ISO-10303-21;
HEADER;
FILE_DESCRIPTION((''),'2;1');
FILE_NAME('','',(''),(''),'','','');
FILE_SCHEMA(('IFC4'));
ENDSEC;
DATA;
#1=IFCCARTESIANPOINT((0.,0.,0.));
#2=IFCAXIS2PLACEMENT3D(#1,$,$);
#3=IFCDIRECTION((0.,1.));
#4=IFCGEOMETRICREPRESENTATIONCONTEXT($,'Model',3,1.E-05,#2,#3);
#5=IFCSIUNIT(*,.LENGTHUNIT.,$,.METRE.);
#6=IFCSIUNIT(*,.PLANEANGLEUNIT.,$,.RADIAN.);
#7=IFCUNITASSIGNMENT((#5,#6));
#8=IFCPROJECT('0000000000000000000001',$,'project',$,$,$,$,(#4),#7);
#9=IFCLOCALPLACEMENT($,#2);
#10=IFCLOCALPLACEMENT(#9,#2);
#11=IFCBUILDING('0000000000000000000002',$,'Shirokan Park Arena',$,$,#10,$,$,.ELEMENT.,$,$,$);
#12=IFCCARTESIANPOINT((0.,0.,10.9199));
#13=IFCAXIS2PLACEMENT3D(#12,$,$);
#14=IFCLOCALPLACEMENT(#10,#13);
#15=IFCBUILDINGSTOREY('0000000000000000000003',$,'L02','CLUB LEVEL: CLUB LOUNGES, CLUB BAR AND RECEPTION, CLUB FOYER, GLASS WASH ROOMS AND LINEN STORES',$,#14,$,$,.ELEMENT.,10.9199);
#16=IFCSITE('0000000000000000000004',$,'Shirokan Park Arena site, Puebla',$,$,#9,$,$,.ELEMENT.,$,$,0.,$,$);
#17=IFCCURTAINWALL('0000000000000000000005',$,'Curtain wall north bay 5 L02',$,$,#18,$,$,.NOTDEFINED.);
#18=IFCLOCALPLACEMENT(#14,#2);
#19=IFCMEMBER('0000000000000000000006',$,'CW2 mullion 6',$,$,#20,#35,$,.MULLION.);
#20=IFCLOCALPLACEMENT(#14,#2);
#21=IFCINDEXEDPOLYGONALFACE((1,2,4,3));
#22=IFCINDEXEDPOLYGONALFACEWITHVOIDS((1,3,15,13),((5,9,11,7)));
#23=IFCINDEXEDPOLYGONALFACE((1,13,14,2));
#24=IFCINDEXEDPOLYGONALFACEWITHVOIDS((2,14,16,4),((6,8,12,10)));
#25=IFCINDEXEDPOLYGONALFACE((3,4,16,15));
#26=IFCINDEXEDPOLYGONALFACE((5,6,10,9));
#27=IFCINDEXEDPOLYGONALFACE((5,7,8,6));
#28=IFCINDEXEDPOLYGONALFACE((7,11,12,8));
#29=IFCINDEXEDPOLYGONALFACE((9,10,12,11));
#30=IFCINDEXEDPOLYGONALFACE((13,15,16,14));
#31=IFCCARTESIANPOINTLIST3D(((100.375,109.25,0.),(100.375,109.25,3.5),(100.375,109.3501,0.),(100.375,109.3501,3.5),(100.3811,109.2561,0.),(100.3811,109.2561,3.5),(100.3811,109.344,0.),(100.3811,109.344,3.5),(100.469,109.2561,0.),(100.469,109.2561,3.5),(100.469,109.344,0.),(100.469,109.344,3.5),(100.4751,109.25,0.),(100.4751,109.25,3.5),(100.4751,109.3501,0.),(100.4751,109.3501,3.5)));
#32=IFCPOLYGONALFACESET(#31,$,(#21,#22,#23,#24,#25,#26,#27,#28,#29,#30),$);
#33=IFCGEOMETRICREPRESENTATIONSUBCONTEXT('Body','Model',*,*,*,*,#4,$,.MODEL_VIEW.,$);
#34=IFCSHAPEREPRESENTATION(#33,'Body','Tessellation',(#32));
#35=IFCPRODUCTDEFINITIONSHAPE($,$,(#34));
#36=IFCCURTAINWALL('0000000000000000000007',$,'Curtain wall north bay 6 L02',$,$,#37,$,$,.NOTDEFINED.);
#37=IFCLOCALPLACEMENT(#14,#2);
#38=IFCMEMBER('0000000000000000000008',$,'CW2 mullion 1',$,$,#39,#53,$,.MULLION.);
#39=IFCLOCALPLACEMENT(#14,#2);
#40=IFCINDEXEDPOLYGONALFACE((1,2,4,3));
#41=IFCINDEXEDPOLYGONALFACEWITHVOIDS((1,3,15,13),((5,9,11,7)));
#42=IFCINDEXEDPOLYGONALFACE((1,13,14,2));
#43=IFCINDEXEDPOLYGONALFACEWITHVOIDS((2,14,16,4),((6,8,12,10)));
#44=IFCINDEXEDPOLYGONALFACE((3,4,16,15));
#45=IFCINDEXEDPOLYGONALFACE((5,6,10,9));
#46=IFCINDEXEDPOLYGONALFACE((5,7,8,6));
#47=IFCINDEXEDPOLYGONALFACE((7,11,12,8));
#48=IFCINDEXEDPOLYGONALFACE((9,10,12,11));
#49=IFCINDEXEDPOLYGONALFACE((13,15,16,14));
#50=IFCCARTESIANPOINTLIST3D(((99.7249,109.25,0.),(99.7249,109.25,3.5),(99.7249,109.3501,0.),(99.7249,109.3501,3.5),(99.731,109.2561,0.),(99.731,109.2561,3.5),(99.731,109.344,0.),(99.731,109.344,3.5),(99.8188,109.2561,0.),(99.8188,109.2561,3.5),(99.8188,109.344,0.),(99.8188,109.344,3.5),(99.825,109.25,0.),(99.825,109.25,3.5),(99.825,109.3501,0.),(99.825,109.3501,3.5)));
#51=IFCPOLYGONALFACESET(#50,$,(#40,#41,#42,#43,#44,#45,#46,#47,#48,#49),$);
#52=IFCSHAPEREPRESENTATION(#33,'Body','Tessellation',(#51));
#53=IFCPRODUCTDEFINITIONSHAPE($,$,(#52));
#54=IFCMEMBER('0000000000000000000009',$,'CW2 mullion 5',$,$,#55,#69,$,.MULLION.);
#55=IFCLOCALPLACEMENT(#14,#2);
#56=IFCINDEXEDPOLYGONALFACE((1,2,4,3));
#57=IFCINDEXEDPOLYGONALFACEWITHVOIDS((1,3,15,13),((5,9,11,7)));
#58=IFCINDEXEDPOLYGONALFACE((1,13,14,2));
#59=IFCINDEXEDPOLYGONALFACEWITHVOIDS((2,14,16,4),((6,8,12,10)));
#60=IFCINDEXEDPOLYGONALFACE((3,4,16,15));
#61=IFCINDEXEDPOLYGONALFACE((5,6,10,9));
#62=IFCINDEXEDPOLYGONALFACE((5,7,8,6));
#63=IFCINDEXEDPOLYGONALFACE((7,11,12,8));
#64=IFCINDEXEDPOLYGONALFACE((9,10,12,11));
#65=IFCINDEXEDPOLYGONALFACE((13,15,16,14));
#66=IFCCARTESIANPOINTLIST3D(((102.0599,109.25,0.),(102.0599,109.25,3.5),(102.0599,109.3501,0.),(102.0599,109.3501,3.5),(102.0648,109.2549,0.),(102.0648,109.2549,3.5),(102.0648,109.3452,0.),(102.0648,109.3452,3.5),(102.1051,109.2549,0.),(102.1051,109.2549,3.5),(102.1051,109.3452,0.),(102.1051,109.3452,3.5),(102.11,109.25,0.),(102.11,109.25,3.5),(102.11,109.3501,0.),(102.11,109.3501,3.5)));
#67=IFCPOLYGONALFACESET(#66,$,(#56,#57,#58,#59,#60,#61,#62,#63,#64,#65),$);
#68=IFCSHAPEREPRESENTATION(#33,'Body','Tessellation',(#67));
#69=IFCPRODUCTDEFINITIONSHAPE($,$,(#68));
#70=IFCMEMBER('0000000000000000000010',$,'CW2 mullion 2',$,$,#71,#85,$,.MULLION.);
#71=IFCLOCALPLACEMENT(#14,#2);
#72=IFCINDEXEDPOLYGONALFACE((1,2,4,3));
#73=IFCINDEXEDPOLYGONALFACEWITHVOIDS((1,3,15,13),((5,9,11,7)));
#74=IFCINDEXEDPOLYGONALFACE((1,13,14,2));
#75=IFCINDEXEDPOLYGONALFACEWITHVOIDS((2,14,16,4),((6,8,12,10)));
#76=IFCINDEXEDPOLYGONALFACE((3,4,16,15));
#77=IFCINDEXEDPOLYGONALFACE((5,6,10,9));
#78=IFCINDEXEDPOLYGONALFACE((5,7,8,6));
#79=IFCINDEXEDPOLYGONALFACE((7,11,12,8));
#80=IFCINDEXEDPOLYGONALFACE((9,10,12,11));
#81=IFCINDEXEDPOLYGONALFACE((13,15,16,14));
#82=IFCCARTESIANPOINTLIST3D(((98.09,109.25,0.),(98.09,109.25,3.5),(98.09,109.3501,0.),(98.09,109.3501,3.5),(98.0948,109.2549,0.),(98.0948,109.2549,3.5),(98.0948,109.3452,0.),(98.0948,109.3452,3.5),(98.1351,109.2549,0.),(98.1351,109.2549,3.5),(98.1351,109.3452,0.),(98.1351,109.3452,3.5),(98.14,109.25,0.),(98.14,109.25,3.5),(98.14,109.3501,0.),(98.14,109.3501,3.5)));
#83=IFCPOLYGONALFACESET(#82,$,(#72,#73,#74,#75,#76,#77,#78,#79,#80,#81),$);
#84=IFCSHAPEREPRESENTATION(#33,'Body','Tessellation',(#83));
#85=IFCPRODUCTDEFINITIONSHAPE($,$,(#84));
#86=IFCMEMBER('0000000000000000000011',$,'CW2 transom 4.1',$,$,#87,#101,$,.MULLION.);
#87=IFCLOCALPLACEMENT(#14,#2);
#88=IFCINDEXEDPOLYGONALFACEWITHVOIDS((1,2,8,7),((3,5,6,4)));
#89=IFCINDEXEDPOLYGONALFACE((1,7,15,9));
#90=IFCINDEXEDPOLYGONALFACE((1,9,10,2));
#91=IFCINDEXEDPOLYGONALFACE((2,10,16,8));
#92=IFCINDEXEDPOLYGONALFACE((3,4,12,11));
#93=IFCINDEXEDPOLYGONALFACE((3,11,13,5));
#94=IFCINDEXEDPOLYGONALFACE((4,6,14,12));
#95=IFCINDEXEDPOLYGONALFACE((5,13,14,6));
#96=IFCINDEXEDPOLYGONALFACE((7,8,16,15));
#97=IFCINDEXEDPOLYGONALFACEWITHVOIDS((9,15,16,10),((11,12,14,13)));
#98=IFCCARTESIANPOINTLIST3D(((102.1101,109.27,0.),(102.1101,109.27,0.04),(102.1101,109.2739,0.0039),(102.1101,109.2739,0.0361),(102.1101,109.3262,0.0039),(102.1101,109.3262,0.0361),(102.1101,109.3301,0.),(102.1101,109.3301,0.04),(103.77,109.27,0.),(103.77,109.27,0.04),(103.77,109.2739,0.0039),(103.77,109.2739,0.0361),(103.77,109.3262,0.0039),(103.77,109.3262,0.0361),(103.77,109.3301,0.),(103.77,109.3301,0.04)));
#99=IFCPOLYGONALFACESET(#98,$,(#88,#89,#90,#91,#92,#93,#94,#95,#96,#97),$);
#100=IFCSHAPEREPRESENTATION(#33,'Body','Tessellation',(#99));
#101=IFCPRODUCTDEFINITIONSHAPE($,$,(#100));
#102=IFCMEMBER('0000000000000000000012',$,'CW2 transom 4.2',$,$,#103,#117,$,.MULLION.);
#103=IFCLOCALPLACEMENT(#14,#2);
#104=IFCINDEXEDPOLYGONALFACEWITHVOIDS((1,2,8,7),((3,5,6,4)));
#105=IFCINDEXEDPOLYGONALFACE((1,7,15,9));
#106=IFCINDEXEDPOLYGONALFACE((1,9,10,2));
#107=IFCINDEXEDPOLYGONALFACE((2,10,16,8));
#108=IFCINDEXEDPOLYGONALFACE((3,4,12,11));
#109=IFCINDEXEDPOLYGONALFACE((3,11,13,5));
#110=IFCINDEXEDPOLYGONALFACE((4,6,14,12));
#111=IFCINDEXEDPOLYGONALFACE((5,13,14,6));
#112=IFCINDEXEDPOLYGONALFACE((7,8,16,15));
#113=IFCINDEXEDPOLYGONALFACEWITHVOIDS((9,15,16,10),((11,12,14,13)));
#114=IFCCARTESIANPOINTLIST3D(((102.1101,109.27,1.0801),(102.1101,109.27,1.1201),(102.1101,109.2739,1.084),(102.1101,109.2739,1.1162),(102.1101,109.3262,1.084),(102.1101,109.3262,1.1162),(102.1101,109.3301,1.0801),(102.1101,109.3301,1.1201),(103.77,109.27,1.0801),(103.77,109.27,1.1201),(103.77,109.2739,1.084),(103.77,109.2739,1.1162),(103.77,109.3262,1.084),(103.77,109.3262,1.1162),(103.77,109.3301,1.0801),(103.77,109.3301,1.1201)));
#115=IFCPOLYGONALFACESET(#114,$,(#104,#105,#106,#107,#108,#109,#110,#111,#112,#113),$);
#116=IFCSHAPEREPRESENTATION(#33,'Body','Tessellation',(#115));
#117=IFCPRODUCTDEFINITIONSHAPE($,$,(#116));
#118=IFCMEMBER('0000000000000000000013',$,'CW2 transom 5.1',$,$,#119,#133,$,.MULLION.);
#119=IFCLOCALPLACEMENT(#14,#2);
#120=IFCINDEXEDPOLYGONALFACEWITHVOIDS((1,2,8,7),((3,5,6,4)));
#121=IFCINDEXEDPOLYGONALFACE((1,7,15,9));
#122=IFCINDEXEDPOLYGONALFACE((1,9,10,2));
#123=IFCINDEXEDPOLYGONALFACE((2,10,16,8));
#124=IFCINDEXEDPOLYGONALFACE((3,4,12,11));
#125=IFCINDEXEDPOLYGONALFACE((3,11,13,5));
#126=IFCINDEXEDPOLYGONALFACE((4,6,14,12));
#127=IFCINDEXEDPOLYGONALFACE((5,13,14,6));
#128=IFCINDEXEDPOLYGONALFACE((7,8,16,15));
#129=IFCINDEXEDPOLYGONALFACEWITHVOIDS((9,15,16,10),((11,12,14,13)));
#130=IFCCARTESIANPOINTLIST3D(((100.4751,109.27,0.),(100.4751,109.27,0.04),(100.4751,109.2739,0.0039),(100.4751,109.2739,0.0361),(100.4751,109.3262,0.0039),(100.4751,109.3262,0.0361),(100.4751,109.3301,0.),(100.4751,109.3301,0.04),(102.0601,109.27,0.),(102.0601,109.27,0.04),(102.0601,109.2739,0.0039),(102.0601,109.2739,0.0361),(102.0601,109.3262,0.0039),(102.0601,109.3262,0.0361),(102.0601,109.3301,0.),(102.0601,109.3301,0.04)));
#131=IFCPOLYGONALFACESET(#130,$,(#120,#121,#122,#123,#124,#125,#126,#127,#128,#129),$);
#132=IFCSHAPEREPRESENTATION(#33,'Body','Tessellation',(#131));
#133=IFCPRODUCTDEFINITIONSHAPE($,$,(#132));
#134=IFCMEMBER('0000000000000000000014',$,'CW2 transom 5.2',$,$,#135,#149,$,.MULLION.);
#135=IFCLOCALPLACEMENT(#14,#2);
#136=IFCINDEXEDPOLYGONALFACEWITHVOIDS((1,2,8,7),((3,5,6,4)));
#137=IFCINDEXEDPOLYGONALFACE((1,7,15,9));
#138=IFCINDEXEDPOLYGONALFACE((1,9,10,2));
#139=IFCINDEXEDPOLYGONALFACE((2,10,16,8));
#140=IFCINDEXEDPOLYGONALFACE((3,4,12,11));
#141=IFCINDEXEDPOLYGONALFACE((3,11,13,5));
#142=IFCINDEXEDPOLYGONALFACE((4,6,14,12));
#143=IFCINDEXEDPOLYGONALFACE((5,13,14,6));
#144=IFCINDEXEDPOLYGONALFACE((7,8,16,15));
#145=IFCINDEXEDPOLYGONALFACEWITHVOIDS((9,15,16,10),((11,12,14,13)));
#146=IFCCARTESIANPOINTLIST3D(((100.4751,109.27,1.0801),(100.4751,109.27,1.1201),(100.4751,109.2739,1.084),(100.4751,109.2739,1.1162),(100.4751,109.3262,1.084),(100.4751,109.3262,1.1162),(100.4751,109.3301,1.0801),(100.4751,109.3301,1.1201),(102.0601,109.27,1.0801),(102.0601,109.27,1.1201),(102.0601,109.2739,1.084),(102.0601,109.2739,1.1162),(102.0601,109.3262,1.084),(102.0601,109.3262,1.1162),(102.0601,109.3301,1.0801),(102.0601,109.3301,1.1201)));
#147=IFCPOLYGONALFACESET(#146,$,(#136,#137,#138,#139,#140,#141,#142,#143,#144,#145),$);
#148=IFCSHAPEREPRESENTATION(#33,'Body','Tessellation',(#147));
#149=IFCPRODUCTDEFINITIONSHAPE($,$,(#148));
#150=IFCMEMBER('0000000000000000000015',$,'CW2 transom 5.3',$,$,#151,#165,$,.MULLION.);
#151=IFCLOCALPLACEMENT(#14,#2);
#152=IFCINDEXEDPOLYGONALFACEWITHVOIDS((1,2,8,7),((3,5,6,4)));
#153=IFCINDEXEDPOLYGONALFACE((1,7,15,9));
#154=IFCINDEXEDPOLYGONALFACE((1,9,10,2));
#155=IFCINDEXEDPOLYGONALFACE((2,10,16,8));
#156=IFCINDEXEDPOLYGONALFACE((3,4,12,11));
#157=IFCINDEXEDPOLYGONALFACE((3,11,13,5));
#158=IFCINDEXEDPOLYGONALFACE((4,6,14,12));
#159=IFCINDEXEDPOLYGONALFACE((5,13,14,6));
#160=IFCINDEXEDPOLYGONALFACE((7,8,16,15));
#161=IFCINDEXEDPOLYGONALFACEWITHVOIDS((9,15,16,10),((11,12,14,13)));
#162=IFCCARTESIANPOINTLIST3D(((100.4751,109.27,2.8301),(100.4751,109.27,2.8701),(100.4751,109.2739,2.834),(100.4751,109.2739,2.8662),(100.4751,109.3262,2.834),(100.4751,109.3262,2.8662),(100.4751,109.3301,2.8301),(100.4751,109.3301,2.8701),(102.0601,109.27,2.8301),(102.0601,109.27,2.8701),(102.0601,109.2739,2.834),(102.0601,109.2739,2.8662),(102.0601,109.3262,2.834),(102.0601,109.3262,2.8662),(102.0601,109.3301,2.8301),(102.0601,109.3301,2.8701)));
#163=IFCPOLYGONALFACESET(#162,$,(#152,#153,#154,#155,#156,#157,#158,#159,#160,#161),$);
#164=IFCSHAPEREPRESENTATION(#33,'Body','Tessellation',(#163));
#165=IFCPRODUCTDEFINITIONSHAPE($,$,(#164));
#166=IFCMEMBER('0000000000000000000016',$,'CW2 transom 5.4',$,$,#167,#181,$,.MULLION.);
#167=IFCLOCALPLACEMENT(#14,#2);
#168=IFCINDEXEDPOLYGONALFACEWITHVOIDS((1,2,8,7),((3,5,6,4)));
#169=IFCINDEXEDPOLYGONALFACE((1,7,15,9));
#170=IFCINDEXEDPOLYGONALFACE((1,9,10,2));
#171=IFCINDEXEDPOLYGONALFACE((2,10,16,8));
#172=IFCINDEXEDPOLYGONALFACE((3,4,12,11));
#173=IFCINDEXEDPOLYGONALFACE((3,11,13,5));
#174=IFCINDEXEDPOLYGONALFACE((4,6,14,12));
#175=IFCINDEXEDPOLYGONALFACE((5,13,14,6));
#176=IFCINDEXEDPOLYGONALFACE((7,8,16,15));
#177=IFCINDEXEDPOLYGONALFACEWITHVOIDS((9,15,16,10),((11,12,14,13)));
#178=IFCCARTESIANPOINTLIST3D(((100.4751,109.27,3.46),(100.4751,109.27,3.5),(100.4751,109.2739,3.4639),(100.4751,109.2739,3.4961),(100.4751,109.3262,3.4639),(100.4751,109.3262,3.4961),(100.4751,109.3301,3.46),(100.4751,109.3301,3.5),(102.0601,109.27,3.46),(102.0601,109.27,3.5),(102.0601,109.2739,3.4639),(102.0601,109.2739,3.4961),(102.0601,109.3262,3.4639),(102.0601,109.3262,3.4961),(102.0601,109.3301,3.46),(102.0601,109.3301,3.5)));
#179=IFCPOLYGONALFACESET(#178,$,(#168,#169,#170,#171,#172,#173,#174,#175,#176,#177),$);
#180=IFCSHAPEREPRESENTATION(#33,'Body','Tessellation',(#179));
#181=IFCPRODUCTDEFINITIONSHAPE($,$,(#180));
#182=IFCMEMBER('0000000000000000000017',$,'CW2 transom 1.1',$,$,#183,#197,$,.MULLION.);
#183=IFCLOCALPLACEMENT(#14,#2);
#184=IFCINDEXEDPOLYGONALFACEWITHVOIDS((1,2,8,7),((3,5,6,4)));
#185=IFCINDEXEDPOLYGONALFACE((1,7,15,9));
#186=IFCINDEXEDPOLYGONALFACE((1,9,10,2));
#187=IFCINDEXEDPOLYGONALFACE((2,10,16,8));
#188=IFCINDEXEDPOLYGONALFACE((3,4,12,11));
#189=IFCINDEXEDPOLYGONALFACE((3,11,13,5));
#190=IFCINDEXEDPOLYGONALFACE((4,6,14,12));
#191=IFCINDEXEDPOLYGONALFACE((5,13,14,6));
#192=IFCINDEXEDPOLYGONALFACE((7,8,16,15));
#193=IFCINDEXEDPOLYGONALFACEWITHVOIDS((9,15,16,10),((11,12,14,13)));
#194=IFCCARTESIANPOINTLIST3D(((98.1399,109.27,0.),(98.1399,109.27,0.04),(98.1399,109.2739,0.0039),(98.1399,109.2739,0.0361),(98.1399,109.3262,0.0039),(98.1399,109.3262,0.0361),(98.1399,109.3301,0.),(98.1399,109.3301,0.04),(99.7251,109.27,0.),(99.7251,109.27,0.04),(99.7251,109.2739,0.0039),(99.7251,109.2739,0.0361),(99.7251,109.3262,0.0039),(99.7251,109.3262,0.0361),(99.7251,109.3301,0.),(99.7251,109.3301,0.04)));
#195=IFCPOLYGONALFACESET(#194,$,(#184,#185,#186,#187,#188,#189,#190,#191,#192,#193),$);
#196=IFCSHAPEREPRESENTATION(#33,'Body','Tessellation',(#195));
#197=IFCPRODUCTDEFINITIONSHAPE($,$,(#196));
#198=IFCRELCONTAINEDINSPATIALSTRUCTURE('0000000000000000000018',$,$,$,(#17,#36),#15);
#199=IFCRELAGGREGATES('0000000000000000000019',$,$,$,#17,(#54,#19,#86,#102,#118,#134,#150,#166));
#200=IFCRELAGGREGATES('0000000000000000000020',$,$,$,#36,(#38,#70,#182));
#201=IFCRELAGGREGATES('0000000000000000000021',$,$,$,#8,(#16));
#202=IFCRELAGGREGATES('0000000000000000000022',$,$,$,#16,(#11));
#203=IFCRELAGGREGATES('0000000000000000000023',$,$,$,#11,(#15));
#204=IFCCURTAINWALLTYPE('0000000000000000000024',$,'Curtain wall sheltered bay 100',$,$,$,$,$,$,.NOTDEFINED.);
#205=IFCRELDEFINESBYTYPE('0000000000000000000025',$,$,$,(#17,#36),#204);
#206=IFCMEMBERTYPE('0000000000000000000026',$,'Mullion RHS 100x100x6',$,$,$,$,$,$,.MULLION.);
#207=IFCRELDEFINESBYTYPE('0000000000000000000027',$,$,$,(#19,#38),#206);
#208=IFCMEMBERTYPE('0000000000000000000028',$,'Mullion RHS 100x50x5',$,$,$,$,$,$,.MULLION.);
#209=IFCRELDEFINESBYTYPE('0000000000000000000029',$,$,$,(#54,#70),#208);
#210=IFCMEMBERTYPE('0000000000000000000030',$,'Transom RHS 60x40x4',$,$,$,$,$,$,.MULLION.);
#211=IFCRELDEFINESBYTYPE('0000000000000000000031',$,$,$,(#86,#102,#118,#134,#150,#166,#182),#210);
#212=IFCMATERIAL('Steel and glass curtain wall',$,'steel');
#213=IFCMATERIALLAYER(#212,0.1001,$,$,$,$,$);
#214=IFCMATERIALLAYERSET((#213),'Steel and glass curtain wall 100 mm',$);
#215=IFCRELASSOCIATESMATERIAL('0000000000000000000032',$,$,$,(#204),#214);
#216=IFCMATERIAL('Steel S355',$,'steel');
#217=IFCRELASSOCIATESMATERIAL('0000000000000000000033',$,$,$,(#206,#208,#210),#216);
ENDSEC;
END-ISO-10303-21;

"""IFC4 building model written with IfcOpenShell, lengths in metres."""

from ifc_helpers import new_model, si_unit, direction, frame, origin, origin_2d, place, context, subcontext, project, spatial, hollow_rectangle, extrude, material, layer, layer_set, material_profile, profile_set, type_object, element, aggregate, save


model = new_model("IFC4")

# Units and contexts
model_context = context("Model", 3, precision=1e-05, world=origin(), true_north=direction((0.0, 1.0)))
body_context = subcontext(model_context, "Body", "Model", "MODEL_VIEW")
ifc_project = project(units=[si_unit("LENGTHUNIT", "METRE"), si_unit("PLANEANGLEUNIT", "RADIAN")], contexts=[model_context])

# Site, building, storey
site_placement = place(None, origin())
site = spatial("IfcSite", under=ifc_project, at=site_placement, Name="Shirokan Park Arena site, Puebla", CompositionType="ELEMENT", RefElevation=0.0)
building_placement = place(site_placement, origin())
building = spatial("IfcBuilding", under=site, at=building_placement, Name="Shirokan Park Arena", CompositionType="ELEMENT")
storey_placement = place(building_placement, frame((0.0, 0.0, 10.9199)))
storey = spatial("IfcBuildingStorey", under=building, at=storey_placement, Name="L02", Description="CLUB LEVEL: CLUB LOUNGES, CLUB BAR AND RECEPTION, CLUB FOYER, GLASS WASH ROOMS AND LINEN STORES", CompositionType="ELEMENT", Elevation=10.9199)

# Curtain walls, members
ifc_material_1 = material(Name="Steel and glass curtain wall", Category="steel")
ifc_layer_1 = layer(ifc_material_1, 0.1001)
ifc_layer_set_1 = layer_set([ifc_layer_1], Name="Steel and glass curtain wall 100 mm")
curtain_wall_type = type_object("IfcCurtainWallType", Name="Curtain wall sheltered bay 100", PredefinedType="NOTDEFINED", material=ifc_layer_set_1)
curtain_wall_1_placement = place(storey_placement, origin())
curtain_wall_1 = element("IfcCurtainWall", 1, at=curtain_wall_1_placement, inside=storey, type_object=curtain_wall_type, Name="Curtain wall north bay 5 L02", PredefinedType="NOTDEFINED")
ifc_material_2 = material(Name="Steel S355", Category="steel")
ifc_material_profile_1 = material_profile(ifc_material_2, hollow_rectangle(XDim=0.1001, YDim=0.1001, WallThickness=0.0061, at=origin_2d()), Name="RHS 100x100x6")
ifc_profile_set_1 = profile_set([ifc_material_profile_1], Name="Steel S355")
member_type_1 = type_object("IfcMemberType", Name="Mullion RHS 100x100x6", PredefinedType="MULLION", material=ifc_profile_set_1)
member_1_placement = place(storey_placement, frame((100.425, 109.3, 0.0), z_axis=(0.0, 0.0, 1.0), x_axis=(0.0, -1.0, 0.0)))
member_1 = element("IfcMember", 2, at=member_1_placement, type_object=member_type_1, Name="CW2 mullion 6", PredefinedType="MULLION", context=body_context, shape_type="SweptSolid", body=[
    extrude(hollow_rectangle(XDim=0.1001, YDim=0.1001, WallThickness=0.0061, at=origin_2d()), origin(), (0.0, 0.0, 1.0), 3.5),
])
curtain_wall_2_placement = place(storey_placement, origin())
curtain_wall_2 = element("IfcCurtainWall", 3, at=curtain_wall_2_placement, inside=storey, type_object=curtain_wall_type, Name="Curtain wall north bay 6 L02", PredefinedType="NOTDEFINED")
member_2_placement = place(storey_placement, frame((99.7749, 109.3, 0.0), z_axis=(0.0, 0.0, 1.0), x_axis=(0.0, -1.0, 0.0)))
member_2 = element("IfcMember", 4, at=member_2_placement, type_object=member_type_1, Name="CW2 mullion 1", PredefinedType="MULLION", context=body_context, shape_type="SweptSolid", body=[
    extrude(hollow_rectangle(XDim=0.1001, YDim=0.1001, WallThickness=0.0061, at=origin_2d()), origin(), (0.0, 0.0, 1.0), 3.5),
])

# Members
ifc_material_profile_2 = material_profile(ifc_material_2, hollow_rectangle(XDim=0.1001, YDim=0.05, WallThickness=0.0049, at=origin_2d()), Name="RHS 100x50x5")
ifc_profile_set_2 = profile_set([ifc_material_profile_2], Name="Steel S355")
member_type_2 = type_object("IfcMemberType", Name="Mullion RHS 100x50x5", PredefinedType="MULLION", material=ifc_profile_set_2)
member_3_placement = place(storey_placement, frame((102.085, 109.3, 0.0), z_axis=(0.0, 0.0, 1.0), x_axis=(0.0, -1.0, 0.0)))
member_3 = element("IfcMember", 5, at=member_3_placement, type_object=member_type_2, Name="CW2 mullion 5", PredefinedType="MULLION", context=body_context, shape_type="SweptSolid", body=[
    extrude(hollow_rectangle(XDim=0.1001, YDim=0.05, WallThickness=0.0049, at=origin_2d()), origin(), (0.0, 0.0, 1.0), 3.5),
])
member_4_placement = place(storey_placement, frame((98.115, 109.3, 0.0), z_axis=(0.0, 0.0, 1.0), x_axis=(0.0, -1.0, 0.0)))
member_4 = element("IfcMember", 6, at=member_4_placement, type_object=member_type_2, Name="CW2 mullion 2", PredefinedType="MULLION", context=body_context, shape_type="SweptSolid", body=[
    extrude(hollow_rectangle(XDim=0.1001, YDim=0.05, WallThickness=0.0049, at=origin_2d()), origin(), (0.0, 0.0, 1.0), 3.5),
])
ifc_material_profile_3 = material_profile(ifc_material_2, hollow_rectangle(XDim=0.0601, YDim=0.04, WallThickness=0.0039, at=origin_2d()), Name="RHS 60x40x4")
ifc_profile_set_3 = profile_set([ifc_material_profile_3], Name="Steel S355")
member_type_3 = type_object("IfcMemberType", Name="Transom RHS 60x40x4", PredefinedType="MULLION", material=ifc_profile_set_3)
member_5_placement = place(storey_placement, frame((103.77, 109.3, 0.02), z_axis=(-1.0, 0.0, 0.0), x_axis=(0.0, -1.0, 0.0)))
member_5 = element("IfcMember", 7, at=member_5_placement, type_object=member_type_3, Name="CW2 transom 4.1", PredefinedType="MULLION", context=body_context, shape_type="SweptSolid", body=[
    extrude(hollow_rectangle(XDim=0.0601, YDim=0.04, WallThickness=0.0039, at=origin_2d()), origin(), (0.0, 0.0, 1.0), 1.6599),
])
member_6_placement = place(storey_placement, frame((103.77, 109.3, 1.1001), z_axis=(-1.0, 0.0, 0.0), x_axis=(0.0, -1.0, 0.0)))
member_6 = element("IfcMember", 8, at=member_6_placement, type_object=member_type_3, Name="CW2 transom 4.2", PredefinedType="MULLION", context=body_context, shape_type="SweptSolid", body=[
    extrude(hollow_rectangle(XDim=0.0601, YDim=0.04, WallThickness=0.0039, at=origin_2d()), origin(), (0.0, 0.0, 1.0), 1.6599),
])
member_7_placement = place(storey_placement, frame((102.0601, 109.3, 0.02), z_axis=(-1.0, 0.0, 0.0), x_axis=(0.0, -1.0, 0.0)))
member_7 = element("IfcMember", 9, at=member_7_placement, type_object=member_type_3, Name="CW2 transom 5.1", PredefinedType="MULLION", context=body_context, shape_type="SweptSolid", body=[
    extrude(hollow_rectangle(XDim=0.0601, YDim=0.04, WallThickness=0.0039, at=origin_2d()), origin(), (0.0, 0.0, 1.0), 1.585),
])
member_8_placement = place(storey_placement, frame((102.0601, 109.3, 1.1001), z_axis=(-1.0, 0.0, 0.0), x_axis=(0.0, -1.0, 0.0)))
member_8 = element("IfcMember", 10, at=member_8_placement, type_object=member_type_3, Name="CW2 transom 5.2", PredefinedType="MULLION", context=body_context, shape_type="SweptSolid", body=[
    extrude(hollow_rectangle(XDim=0.0601, YDim=0.04, WallThickness=0.0039, at=origin_2d()), origin(), (0.0, 0.0, 1.0), 1.585),
])
member_9_placement = place(storey_placement, frame((102.0601, 109.3, 2.8501), z_axis=(-1.0, 0.0, 0.0), x_axis=(0.0, -1.0, 0.0)))
member_9 = element("IfcMember", 11, at=member_9_placement, type_object=member_type_3, Name="CW2 transom 5.3", PredefinedType="MULLION", context=body_context, shape_type="SweptSolid", body=[
    extrude(hollow_rectangle(XDim=0.0601, YDim=0.04, WallThickness=0.0039, at=origin_2d()), origin(), (0.0, 0.0, 1.0), 1.585),
])
member_10_placement = place(storey_placement, frame((102.0601, 109.3, 3.48), z_axis=(-1.0, 0.0, 0.0), x_axis=(0.0, -1.0, 0.0)))
member_10 = element("IfcMember", 12, at=member_10_placement, type_object=member_type_3, Name="CW2 transom 5.4", PredefinedType="MULLION", context=body_context, shape_type="SweptSolid", body=[
    extrude(hollow_rectangle(XDim=0.0601, YDim=0.04, WallThickness=0.0039, at=origin_2d()), origin(), (0.0, 0.0, 1.0), 1.585),
])
member_11_placement = place(storey_placement, frame((99.7251, 109.3, 0.02), z_axis=(-1.0, 0.0, 0.0), x_axis=(0.0, -1.0, 0.0)))
member_11 = element("IfcMember", 13, at=member_11_placement, type_object=member_type_3, Name="CW2 transom 1.1", PredefinedType="MULLION", context=body_context, shape_type="SweptSolid", body=[
    extrude(hollow_rectangle(XDim=0.0601, YDim=0.04, WallThickness=0.0039, at=origin_2d()), origin(), (0.0, 0.0, 1.0), 1.5852),
])

aggregate(curtain_wall_1, [member_3, member_1, member_5, member_6, member_7, member_8, member_9, member_10])
aggregate(curtain_wall_2, [member_2, member_4, member_11])

save(model, "model.ifc")
